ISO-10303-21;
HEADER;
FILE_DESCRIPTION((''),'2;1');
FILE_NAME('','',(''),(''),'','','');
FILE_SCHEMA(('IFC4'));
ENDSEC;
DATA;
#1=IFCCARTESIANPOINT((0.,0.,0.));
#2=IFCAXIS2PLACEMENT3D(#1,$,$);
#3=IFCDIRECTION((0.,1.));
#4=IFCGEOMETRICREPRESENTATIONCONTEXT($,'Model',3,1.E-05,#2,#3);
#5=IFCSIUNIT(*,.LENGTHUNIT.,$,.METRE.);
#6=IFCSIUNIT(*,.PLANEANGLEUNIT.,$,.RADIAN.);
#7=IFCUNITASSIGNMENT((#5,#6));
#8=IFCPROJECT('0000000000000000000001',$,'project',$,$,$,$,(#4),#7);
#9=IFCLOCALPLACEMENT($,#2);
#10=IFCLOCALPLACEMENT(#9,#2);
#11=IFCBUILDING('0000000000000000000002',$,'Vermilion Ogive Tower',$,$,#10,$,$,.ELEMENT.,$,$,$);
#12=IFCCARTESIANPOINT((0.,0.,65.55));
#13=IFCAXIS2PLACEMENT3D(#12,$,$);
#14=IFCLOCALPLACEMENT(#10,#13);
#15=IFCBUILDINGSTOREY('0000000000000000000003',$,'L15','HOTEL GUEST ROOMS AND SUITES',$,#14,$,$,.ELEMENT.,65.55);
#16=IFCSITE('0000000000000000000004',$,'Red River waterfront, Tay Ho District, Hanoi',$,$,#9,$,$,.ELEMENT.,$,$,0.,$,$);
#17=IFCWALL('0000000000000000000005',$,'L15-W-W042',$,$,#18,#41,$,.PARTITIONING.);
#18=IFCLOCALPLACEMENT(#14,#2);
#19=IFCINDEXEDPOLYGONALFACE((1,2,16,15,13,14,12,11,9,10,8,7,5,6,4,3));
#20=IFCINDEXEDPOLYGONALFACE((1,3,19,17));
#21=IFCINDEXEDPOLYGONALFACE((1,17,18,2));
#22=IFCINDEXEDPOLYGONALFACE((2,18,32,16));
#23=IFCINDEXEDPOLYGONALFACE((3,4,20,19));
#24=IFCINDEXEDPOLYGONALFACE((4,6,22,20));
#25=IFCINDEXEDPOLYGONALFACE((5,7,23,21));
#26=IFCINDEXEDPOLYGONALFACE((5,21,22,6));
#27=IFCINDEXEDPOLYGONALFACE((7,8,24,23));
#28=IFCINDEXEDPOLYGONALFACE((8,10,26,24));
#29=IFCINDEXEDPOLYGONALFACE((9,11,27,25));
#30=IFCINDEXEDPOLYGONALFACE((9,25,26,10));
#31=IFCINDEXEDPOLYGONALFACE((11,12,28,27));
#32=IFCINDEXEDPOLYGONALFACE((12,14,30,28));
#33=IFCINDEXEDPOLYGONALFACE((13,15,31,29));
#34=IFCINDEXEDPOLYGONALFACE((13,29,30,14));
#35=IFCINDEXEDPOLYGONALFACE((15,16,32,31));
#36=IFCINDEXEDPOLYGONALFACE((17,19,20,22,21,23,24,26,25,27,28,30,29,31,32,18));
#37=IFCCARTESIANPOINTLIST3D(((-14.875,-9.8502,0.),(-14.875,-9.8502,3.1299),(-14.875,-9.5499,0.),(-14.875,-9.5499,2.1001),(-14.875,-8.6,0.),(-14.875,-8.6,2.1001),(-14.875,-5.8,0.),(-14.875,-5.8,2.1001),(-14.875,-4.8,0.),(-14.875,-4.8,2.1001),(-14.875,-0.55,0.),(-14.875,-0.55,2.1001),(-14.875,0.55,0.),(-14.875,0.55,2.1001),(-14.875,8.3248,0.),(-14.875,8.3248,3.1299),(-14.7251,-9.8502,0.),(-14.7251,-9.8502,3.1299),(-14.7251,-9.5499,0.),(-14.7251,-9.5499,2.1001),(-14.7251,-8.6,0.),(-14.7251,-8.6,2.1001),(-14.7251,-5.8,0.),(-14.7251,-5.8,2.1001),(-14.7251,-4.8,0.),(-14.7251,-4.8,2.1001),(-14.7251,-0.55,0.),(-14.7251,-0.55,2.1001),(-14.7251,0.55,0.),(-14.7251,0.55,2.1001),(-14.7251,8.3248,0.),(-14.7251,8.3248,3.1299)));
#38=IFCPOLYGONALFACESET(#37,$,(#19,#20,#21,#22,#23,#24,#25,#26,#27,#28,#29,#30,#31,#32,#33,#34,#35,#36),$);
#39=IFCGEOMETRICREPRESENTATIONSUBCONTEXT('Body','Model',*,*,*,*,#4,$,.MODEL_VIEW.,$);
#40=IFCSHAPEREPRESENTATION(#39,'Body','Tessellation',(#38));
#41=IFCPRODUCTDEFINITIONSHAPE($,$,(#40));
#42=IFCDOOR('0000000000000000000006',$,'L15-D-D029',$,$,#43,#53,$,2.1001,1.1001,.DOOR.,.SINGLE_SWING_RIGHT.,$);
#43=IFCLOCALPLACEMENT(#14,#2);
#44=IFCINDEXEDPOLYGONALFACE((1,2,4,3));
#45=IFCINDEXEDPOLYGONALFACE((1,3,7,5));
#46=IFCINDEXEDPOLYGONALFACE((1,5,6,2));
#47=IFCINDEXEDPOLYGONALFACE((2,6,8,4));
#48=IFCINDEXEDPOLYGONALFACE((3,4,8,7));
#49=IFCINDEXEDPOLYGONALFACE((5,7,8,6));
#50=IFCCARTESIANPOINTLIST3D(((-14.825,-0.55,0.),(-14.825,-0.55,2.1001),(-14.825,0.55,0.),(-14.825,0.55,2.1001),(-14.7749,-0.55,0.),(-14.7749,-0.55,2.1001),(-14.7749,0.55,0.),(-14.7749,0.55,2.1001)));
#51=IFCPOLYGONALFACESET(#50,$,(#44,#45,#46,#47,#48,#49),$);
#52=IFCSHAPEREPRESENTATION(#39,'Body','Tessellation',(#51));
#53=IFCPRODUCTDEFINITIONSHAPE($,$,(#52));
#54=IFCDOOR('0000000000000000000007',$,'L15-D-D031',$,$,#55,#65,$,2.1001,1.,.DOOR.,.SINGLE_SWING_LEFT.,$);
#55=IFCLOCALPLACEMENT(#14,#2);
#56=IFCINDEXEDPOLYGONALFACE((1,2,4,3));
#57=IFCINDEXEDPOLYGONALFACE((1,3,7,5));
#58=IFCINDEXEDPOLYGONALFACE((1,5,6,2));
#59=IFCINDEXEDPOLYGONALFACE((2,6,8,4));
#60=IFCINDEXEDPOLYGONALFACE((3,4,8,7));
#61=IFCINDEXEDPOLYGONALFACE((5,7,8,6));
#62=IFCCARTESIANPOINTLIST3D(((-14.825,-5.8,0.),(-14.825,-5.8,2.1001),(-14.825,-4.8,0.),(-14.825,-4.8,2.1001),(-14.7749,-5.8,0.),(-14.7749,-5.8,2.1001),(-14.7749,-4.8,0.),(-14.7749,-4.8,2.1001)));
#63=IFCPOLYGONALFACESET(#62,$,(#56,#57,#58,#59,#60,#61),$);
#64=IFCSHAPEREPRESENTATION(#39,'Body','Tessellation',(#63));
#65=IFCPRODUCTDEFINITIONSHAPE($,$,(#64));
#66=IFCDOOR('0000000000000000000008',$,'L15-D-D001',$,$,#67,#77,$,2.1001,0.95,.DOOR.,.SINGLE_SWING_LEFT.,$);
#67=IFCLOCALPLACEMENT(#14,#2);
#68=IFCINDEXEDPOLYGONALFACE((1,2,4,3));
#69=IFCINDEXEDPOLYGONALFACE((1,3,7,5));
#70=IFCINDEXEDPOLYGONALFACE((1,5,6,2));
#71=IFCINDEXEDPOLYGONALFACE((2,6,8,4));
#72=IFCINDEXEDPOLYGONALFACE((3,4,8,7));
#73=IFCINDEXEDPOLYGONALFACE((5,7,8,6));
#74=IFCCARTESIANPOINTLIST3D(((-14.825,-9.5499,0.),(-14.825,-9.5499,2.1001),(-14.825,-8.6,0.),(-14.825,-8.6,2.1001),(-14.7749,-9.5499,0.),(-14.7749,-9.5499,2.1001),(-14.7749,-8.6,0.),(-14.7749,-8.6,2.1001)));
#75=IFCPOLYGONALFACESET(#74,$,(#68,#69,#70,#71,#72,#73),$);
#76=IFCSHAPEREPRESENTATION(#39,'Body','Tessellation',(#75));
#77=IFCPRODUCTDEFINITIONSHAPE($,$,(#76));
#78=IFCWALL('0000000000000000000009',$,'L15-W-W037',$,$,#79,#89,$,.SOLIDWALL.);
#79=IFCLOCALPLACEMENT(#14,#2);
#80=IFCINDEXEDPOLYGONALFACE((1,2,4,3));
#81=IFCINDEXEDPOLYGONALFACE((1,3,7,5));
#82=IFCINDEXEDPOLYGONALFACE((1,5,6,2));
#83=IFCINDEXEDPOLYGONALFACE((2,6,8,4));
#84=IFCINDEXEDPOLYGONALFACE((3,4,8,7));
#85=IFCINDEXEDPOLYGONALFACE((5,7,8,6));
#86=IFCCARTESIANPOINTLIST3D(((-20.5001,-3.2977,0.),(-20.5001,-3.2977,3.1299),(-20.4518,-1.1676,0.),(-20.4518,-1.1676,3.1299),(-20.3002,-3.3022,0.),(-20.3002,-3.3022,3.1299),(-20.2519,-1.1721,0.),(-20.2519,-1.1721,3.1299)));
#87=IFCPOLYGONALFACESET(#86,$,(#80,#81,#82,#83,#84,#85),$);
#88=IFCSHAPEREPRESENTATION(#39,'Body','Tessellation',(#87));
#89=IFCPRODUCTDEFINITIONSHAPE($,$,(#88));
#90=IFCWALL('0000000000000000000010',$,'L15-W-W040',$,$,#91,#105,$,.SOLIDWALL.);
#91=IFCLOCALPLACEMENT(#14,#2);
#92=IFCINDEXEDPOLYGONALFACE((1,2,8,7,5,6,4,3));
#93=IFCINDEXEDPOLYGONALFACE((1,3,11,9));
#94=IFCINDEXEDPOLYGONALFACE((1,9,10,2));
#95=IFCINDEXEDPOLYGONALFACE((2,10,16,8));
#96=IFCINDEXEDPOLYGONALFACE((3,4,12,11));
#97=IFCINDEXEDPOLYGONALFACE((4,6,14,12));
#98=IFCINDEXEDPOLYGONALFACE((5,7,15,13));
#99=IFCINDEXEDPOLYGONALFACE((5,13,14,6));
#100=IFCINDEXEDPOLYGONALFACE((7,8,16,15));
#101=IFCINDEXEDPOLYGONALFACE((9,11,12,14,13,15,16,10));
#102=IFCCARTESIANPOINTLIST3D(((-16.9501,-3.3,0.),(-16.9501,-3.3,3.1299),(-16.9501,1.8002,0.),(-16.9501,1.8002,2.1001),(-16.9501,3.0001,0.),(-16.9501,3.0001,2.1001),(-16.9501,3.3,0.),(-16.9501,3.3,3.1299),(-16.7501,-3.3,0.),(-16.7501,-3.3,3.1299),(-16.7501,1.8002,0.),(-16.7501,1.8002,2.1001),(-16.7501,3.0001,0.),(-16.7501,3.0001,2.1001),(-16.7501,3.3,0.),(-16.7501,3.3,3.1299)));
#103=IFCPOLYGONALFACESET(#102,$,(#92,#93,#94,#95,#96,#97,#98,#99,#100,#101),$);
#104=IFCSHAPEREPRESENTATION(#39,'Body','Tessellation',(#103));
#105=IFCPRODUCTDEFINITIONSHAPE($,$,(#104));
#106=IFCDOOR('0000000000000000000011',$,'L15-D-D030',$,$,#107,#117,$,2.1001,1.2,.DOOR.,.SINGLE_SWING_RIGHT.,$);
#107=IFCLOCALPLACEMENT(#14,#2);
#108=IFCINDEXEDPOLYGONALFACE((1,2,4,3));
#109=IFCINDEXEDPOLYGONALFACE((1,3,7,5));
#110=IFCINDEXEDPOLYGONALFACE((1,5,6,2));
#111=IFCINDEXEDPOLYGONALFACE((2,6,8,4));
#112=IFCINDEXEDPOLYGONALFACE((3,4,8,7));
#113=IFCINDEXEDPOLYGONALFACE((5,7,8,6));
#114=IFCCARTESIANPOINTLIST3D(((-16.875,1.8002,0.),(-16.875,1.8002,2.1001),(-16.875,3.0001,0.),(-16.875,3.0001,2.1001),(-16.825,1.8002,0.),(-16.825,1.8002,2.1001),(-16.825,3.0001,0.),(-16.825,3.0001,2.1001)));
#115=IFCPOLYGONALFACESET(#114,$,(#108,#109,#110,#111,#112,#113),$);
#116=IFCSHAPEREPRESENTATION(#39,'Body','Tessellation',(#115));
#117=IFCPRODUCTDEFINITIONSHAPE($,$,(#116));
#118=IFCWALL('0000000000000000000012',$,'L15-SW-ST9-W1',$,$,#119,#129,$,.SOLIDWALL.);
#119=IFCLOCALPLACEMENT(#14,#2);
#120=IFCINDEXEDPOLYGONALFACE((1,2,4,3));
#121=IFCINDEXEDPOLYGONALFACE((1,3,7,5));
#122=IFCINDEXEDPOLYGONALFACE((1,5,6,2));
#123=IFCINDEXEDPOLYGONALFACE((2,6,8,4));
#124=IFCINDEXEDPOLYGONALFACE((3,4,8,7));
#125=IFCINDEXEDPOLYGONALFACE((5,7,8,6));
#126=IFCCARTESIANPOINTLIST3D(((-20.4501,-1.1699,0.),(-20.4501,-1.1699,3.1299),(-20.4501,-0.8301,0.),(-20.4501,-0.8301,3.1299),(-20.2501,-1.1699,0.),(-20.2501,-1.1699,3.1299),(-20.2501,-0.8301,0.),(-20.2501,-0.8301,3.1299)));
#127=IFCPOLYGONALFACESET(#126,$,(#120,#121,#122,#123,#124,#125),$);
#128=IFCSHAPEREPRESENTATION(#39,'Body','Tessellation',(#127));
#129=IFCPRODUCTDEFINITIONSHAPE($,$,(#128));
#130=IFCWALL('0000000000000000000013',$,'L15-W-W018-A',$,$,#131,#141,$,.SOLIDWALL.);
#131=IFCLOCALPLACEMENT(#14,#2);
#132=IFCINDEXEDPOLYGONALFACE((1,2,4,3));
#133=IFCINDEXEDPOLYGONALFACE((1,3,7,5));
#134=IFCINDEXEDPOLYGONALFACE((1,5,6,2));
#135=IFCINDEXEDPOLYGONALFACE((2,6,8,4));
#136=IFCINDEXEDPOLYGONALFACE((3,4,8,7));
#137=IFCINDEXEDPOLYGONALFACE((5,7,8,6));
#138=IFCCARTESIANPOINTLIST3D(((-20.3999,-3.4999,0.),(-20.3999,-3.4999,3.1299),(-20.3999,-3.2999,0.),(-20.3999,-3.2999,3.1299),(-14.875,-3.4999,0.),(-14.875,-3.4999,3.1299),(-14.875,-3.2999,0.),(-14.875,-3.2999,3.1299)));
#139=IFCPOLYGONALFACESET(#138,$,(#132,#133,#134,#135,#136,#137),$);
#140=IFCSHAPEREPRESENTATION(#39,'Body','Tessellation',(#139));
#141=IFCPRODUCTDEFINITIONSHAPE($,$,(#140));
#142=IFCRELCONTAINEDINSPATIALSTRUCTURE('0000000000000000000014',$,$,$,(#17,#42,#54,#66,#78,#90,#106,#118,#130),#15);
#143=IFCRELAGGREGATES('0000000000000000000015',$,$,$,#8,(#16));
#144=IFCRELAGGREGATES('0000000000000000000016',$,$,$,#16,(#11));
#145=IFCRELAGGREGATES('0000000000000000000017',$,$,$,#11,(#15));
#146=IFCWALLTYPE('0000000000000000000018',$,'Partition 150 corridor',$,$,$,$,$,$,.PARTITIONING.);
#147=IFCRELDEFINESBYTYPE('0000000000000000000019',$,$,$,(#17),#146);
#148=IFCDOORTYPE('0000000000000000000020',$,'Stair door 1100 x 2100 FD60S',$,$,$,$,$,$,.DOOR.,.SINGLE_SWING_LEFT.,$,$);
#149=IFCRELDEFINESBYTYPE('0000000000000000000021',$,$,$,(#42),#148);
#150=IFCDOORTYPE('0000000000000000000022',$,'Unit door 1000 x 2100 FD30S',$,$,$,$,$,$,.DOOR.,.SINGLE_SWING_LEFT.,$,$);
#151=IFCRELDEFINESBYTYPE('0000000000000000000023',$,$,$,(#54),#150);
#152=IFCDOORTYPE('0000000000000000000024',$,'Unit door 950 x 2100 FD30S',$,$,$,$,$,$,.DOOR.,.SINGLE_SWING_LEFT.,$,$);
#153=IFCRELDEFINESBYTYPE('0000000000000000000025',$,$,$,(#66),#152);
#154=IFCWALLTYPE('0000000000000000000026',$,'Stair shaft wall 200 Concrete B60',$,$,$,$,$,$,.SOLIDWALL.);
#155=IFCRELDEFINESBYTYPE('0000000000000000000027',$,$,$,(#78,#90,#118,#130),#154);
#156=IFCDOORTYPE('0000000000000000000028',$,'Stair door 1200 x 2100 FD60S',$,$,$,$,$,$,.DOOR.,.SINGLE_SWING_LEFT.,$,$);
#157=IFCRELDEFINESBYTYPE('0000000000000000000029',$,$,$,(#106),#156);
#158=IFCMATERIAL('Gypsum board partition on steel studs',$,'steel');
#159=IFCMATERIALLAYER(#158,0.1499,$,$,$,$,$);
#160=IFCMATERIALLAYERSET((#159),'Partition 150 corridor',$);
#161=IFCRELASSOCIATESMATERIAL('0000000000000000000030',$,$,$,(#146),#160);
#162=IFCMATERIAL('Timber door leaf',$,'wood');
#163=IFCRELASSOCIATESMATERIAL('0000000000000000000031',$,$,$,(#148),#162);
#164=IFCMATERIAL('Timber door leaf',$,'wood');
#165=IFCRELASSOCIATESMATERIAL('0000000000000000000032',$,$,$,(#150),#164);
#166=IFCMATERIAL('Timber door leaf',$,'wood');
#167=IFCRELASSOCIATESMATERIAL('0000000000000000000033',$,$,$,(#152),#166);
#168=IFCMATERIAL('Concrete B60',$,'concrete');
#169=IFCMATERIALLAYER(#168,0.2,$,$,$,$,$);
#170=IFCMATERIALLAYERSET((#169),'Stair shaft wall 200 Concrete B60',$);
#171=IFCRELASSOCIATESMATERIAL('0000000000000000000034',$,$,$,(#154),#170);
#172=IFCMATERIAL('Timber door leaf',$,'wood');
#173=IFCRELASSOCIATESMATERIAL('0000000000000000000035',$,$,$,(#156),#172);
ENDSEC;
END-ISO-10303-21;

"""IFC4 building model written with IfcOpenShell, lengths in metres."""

from ifc_helpers import new_model, si_unit, direction, frame, frame_2d, origin, place, context, subcontext, project, spatial, rectangle, extrude, material, layer, layer_set, type_object, element, fill, save


model = new_model("IFC4")

# Units and contexts
model_context = context("Model", 3, precision=1e-05, world=origin(), true_north=direction((0.0, 1.0)))
body_context = subcontext(model_context, "Body", "Model", "MODEL_VIEW")
ifc_project = project(units=[si_unit("LENGTHUNIT", "METRE"), si_unit("PLANEANGLEUNIT", "RADIAN")], contexts=[model_context])

# Site, building, storey
site_placement = place(None, origin())
site = spatial("IfcSite", under=ifc_project, at=site_placement, Name="Red River waterfront, Tay Ho District, Hanoi", CompositionType="ELEMENT", RefElevation=0.0)
building_placement = place(site_placement, origin())
building = spatial("IfcBuilding", under=site, at=building_placement, Name="Vermilion Ogive Tower", CompositionType="ELEMENT")
storey_placement = place(building_placement, frame((0.0, 0.0, 65.55)))
storey = spatial("IfcBuildingStorey", under=building, at=storey_placement, Name="L15", Description="HOTEL GUEST ROOMS AND SUITES", CompositionType="ELEMENT", Elevation=65.55)

# Shared definitions
ifc_material_1 = material(Name="Gypsum board partition on steel studs", Category="steel")
ifc_layer_1 = layer(ifc_material_1, 0.1499)
ifc_layer_set_1 = layer_set([ifc_layer_1], Name="Partition 150 corridor")
wall_type_1 = type_object("IfcWallType", Name="Partition 150 corridor", PredefinedType="PARTITIONING", material=ifc_layer_set_1)
ifc_material_2 = material(Name="Timber door leaf", Category="wood")
door_type_1 = type_object("IfcDoorType", Name="Stair door 1100 x 2100 FD60S", OperationType="SINGLE_SWING_LEFT", PredefinedType="DOOR", material=ifc_material_2)

# Wall, openings, doors
wall_1_placement = place(storey_placement, frame((-14.8, -9.8501, 0.0), z_axis=(0.0, 0.0, 1.0), x_axis=(0.0, 1.0, 0.0)))
wall_1 = element("IfcWall", 1, at=wall_1_placement, inside=storey, type_object=wall_type_1, Name="L15-W-W042", PredefinedType="PARTITIONING", context=body_context, shape_type="SweptSolid", body=[
    extrude(rectangle(XDim=18.175, YDim=0.1499, at=frame_2d((9.0874, 0.0))), origin(), (0.0, 0.0, 1.0), 3.1299),
])
opening_1_placement = place(wall_1_placement, frame((0.3, 0.0, 0.0)))
opening_1 = element("IfcOpeningElement", 2, at=opening_1_placement, cuts=wall_1, PredefinedType="OPENING", context=body_context, shape_type="SweptSolid", body=[
    extrude(rectangle(XDim=0.95, YDim=2.1001, at=frame_2d((0.4751, 1.05))), frame((0.0, 0.085, 0.0), z_axis=(0.0, -1.0, 0.0), x_axis=(1.0, 0.0, 0.0)), (0.0, 0.0, 1.0), 0.1699),
])
opening_2_placement = place(wall_1_placement, frame((9.3, 0.0, 0.0)))
opening_2 = element("IfcOpeningElement", 3, at=opening_2_placement, cuts=wall_1, PredefinedType="OPENING", context=body_context, shape_type="SweptSolid", body=[
    extrude(rectangle(XDim=1.1001, YDim=2.1001, at=frame_2d((0.55, 1.05))), frame((0.0, 0.085, 0.0), z_axis=(0.0, -1.0, 0.0), x_axis=(1.0, 0.0, 0.0)), (0.0, 0.0, 1.0), 0.1699),
])
opening_3_placement = place(wall_1_placement, frame((4.05, 0.0, 0.0)))
opening_3 = element("IfcOpeningElement", 4, at=opening_3_placement, cuts=wall_1, PredefinedType="OPENING", context=body_context, shape_type="SweptSolid", body=[
    extrude(rectangle(XDim=1.0, YDim=2.1001, at=frame_2d((0.5, 1.05))), frame((0.0, 0.085, 0.0), z_axis=(0.0, -1.0, 0.0), x_axis=(1.0, 0.0, 0.0)), (0.0, 0.0, 1.0), 0.1699),
])
door_1_placement = place(opening_2_placement, origin())
door_1 = element("IfcDoor", 5, at=door_1_placement, inside=storey, type_object=door_type_1, Name="L15-D-D029", OperationType="SINGLE_SWING_RIGHT", OverallHeight=2.1001, OverallWidth=1.1001, PredefinedType="DOOR", context=body_context, shape_type="SweptSolid", body=[
    extrude(rectangle(XDim=1.1001, YDim=2.1001, at=frame_2d((0.55, 1.05))), frame((0.0, 0.0249, 0.0), z_axis=(0.0, -1.0, 0.0), x_axis=(1.0, 0.0, 0.0)), (0.0, 0.0, 1.0), 0.05),
])
fill(opening_2, door_1)
ifc_material_3 = material(Name="Timber door leaf", Category="wood")
door_type_2 = type_object("IfcDoorType", Name="Unit door 1000 x 2100 FD30S", OperationType="SINGLE_SWING_LEFT", PredefinedType="DOOR", material=ifc_material_3)
door_2_placement = place(opening_3_placement, origin())
door_2 = element("IfcDoor", 6, at=door_2_placement, inside=storey, type_object=door_type_2, Name="L15-D-D031", OperationType="SINGLE_SWING_LEFT", OverallHeight=2.1001, OverallWidth=1.0, PredefinedType="DOOR", context=body_context, shape_type="SweptSolid", body=[
    extrude(rectangle(XDim=1.0, YDim=2.1001, at=frame_2d((0.5, 1.05))), frame((0.0, 0.0249, 0.0), z_axis=(0.0, -1.0, 0.0), x_axis=(1.0, 0.0, 0.0)), (0.0, 0.0, 1.0), 0.05),
])
fill(opening_3, door_2)
ifc_material_4 = material(Name="Timber door leaf", Category="wood")
door_type_3 = type_object("IfcDoorType", Name="Unit door 950 x 2100 FD30S", OperationType="SINGLE_SWING_LEFT", PredefinedType="DOOR", material=ifc_material_4)
door_3_placement = place(opening_1_placement, origin())
door_3 = element("IfcDoor", 7, at=door_3_placement, inside=storey, type_object=door_type_3, Name="L15-D-D001", OperationType="SINGLE_SWING_LEFT", OverallHeight=2.1001, OverallWidth=0.95, PredefinedType="DOOR", context=body_context, shape_type="SweptSolid", body=[
    extrude(rectangle(XDim=0.95, YDim=2.1001, at=frame_2d((0.4751, 1.05))), frame((0.0, 0.0249, 0.0), z_axis=(0.0, -1.0, 0.0), x_axis=(1.0, 0.0, 0.0)), (0.0, 0.0, 1.0), 0.05),
])
fill(opening_1, door_3)

# Wall
ifc_material_5 = material(Name="Concrete B60", Category="concrete")
ifc_layer_2 = layer(ifc_material_5, 0.2)
ifc_layer_set_2 = layer_set([ifc_layer_2], Name="Stair shaft wall 200 Concrete B60")
wall_type_2 = type_object("IfcWallType", Name="Stair shaft wall 200 Concrete B60", PredefinedType="SOLIDWALL", material=ifc_layer_set_2)
wall_2_placement = place(storey_placement, frame((-20.4001, -3.3, 0.0), z_axis=(0.0, 0.0, 1.0), x_axis=(0.022688, 0.999743, 0.0)))
element("IfcWall", 8, at=wall_2_placement, inside=storey, type_object=wall_type_2, Name="L15-W-W037", PredefinedType="SOLIDWALL", context=body_context, shape_type="SweptSolid", body=[
    extrude(rectangle(XDim=2.1306, YDim=0.2, at=frame_2d((1.0654, 0.0))), origin(), (0.0, 0.0, 1.0), 3.1299),
])

# Wall, opening, door
wall_3_placement = place(storey_placement, frame((-16.8501, -3.3, 0.0), z_axis=(0.0, 0.0, 1.0), x_axis=(0.0, 1.0, 0.0)))
wall_3 = element("IfcWall", 9, at=wall_3_placement, inside=storey, type_object=wall_type_2, Name="L15-W-W040", PredefinedType="SOLIDWALL", context=body_context, shape_type="SweptSolid", body=[
    extrude(rectangle(XDim=6.6001, YDim=0.2, at=frame_2d((3.3, 0.0))), origin(), (0.0, 0.0, 1.0), 3.1299),
])
opening_4_placement = place(wall_3_placement, frame((5.1001, 0.0, 0.0)))
opening_4 = element("IfcOpeningElement", 10, at=opening_4_placement, cuts=wall_3, PredefinedType="OPENING", context=body_context, shape_type="SweptSolid", body=[
    extrude(rectangle(XDim=1.2, YDim=2.1001, at=frame_2d((0.6001, 1.05))), frame((0.0, 0.1099, 0.0), z_axis=(0.0, -1.0, 0.0), x_axis=(1.0, 0.0, 0.0)), (0.0, 0.0, 1.0), 0.22),
])
ifc_material_6 = material(Name="Timber door leaf", Category="wood")
door_type_4 = type_object("IfcDoorType", Name="Stair door 1200 x 2100 FD60S", OperationType="SINGLE_SWING_LEFT", PredefinedType="DOOR", material=ifc_material_6)
door_4_placement = place(opening_4_placement, origin())
door_4 = element("IfcDoor", 11, at=door_4_placement, inside=storey, type_object=door_type_4, Name="L15-D-D030", OperationType="SINGLE_SWING_RIGHT", OverallHeight=2.1001, OverallWidth=1.2, PredefinedType="DOOR", context=body_context, shape_type="SweptSolid", body=[
    extrude(rectangle(XDim=1.2, YDim=2.1001, at=frame_2d((0.6001, 1.05))), frame((0.0, 0.0249, 0.0), z_axis=(0.0, -1.0, 0.0), x_axis=(1.0, 0.0, 0.0)), (0.0, 0.0, 1.0), 0.05),
])
fill(opening_4, door_4)

# Walls
wall_4_placement = place(storey_placement, frame((-20.3501, -1.1699, 0.0), z_axis=(0.0, 0.0, 1.0), x_axis=(0.0, 1.0, 0.0)))
element("IfcWall", 12, at=wall_4_placement, inside=storey, type_object=wall_type_2, Name="L15-SW-ST9-W1", PredefinedType="SOLIDWALL", context=body_context, shape_type="SweptSolid", body=[
    extrude(rectangle(XDim=0.3398, YDim=0.2, at=frame_2d((0.1699, 0.0))), origin(), (0.0, 0.0, 1.0), 3.1299),
])
wall_5_placement = place(storey_placement, frame((-20.3999, -3.3999, 0.0), z_axis=(0.0, 0.0, 1.0), x_axis=(1.0, 0.0, 0.0)))
element("IfcWall", 13, at=wall_5_placement, inside=storey, type_object=wall_type_2, Name="L15-W-W018-A", PredefinedType="SOLIDWALL", context=body_context, shape_type="SweptSolid", body=[
    extrude(rectangle(XDim=5.5249, YDim=0.2, at=frame_2d((2.7625, 0.0))), origin(), (0.0, 0.0, 1.0), 3.1299),
])

save(model, "model.ifc")
